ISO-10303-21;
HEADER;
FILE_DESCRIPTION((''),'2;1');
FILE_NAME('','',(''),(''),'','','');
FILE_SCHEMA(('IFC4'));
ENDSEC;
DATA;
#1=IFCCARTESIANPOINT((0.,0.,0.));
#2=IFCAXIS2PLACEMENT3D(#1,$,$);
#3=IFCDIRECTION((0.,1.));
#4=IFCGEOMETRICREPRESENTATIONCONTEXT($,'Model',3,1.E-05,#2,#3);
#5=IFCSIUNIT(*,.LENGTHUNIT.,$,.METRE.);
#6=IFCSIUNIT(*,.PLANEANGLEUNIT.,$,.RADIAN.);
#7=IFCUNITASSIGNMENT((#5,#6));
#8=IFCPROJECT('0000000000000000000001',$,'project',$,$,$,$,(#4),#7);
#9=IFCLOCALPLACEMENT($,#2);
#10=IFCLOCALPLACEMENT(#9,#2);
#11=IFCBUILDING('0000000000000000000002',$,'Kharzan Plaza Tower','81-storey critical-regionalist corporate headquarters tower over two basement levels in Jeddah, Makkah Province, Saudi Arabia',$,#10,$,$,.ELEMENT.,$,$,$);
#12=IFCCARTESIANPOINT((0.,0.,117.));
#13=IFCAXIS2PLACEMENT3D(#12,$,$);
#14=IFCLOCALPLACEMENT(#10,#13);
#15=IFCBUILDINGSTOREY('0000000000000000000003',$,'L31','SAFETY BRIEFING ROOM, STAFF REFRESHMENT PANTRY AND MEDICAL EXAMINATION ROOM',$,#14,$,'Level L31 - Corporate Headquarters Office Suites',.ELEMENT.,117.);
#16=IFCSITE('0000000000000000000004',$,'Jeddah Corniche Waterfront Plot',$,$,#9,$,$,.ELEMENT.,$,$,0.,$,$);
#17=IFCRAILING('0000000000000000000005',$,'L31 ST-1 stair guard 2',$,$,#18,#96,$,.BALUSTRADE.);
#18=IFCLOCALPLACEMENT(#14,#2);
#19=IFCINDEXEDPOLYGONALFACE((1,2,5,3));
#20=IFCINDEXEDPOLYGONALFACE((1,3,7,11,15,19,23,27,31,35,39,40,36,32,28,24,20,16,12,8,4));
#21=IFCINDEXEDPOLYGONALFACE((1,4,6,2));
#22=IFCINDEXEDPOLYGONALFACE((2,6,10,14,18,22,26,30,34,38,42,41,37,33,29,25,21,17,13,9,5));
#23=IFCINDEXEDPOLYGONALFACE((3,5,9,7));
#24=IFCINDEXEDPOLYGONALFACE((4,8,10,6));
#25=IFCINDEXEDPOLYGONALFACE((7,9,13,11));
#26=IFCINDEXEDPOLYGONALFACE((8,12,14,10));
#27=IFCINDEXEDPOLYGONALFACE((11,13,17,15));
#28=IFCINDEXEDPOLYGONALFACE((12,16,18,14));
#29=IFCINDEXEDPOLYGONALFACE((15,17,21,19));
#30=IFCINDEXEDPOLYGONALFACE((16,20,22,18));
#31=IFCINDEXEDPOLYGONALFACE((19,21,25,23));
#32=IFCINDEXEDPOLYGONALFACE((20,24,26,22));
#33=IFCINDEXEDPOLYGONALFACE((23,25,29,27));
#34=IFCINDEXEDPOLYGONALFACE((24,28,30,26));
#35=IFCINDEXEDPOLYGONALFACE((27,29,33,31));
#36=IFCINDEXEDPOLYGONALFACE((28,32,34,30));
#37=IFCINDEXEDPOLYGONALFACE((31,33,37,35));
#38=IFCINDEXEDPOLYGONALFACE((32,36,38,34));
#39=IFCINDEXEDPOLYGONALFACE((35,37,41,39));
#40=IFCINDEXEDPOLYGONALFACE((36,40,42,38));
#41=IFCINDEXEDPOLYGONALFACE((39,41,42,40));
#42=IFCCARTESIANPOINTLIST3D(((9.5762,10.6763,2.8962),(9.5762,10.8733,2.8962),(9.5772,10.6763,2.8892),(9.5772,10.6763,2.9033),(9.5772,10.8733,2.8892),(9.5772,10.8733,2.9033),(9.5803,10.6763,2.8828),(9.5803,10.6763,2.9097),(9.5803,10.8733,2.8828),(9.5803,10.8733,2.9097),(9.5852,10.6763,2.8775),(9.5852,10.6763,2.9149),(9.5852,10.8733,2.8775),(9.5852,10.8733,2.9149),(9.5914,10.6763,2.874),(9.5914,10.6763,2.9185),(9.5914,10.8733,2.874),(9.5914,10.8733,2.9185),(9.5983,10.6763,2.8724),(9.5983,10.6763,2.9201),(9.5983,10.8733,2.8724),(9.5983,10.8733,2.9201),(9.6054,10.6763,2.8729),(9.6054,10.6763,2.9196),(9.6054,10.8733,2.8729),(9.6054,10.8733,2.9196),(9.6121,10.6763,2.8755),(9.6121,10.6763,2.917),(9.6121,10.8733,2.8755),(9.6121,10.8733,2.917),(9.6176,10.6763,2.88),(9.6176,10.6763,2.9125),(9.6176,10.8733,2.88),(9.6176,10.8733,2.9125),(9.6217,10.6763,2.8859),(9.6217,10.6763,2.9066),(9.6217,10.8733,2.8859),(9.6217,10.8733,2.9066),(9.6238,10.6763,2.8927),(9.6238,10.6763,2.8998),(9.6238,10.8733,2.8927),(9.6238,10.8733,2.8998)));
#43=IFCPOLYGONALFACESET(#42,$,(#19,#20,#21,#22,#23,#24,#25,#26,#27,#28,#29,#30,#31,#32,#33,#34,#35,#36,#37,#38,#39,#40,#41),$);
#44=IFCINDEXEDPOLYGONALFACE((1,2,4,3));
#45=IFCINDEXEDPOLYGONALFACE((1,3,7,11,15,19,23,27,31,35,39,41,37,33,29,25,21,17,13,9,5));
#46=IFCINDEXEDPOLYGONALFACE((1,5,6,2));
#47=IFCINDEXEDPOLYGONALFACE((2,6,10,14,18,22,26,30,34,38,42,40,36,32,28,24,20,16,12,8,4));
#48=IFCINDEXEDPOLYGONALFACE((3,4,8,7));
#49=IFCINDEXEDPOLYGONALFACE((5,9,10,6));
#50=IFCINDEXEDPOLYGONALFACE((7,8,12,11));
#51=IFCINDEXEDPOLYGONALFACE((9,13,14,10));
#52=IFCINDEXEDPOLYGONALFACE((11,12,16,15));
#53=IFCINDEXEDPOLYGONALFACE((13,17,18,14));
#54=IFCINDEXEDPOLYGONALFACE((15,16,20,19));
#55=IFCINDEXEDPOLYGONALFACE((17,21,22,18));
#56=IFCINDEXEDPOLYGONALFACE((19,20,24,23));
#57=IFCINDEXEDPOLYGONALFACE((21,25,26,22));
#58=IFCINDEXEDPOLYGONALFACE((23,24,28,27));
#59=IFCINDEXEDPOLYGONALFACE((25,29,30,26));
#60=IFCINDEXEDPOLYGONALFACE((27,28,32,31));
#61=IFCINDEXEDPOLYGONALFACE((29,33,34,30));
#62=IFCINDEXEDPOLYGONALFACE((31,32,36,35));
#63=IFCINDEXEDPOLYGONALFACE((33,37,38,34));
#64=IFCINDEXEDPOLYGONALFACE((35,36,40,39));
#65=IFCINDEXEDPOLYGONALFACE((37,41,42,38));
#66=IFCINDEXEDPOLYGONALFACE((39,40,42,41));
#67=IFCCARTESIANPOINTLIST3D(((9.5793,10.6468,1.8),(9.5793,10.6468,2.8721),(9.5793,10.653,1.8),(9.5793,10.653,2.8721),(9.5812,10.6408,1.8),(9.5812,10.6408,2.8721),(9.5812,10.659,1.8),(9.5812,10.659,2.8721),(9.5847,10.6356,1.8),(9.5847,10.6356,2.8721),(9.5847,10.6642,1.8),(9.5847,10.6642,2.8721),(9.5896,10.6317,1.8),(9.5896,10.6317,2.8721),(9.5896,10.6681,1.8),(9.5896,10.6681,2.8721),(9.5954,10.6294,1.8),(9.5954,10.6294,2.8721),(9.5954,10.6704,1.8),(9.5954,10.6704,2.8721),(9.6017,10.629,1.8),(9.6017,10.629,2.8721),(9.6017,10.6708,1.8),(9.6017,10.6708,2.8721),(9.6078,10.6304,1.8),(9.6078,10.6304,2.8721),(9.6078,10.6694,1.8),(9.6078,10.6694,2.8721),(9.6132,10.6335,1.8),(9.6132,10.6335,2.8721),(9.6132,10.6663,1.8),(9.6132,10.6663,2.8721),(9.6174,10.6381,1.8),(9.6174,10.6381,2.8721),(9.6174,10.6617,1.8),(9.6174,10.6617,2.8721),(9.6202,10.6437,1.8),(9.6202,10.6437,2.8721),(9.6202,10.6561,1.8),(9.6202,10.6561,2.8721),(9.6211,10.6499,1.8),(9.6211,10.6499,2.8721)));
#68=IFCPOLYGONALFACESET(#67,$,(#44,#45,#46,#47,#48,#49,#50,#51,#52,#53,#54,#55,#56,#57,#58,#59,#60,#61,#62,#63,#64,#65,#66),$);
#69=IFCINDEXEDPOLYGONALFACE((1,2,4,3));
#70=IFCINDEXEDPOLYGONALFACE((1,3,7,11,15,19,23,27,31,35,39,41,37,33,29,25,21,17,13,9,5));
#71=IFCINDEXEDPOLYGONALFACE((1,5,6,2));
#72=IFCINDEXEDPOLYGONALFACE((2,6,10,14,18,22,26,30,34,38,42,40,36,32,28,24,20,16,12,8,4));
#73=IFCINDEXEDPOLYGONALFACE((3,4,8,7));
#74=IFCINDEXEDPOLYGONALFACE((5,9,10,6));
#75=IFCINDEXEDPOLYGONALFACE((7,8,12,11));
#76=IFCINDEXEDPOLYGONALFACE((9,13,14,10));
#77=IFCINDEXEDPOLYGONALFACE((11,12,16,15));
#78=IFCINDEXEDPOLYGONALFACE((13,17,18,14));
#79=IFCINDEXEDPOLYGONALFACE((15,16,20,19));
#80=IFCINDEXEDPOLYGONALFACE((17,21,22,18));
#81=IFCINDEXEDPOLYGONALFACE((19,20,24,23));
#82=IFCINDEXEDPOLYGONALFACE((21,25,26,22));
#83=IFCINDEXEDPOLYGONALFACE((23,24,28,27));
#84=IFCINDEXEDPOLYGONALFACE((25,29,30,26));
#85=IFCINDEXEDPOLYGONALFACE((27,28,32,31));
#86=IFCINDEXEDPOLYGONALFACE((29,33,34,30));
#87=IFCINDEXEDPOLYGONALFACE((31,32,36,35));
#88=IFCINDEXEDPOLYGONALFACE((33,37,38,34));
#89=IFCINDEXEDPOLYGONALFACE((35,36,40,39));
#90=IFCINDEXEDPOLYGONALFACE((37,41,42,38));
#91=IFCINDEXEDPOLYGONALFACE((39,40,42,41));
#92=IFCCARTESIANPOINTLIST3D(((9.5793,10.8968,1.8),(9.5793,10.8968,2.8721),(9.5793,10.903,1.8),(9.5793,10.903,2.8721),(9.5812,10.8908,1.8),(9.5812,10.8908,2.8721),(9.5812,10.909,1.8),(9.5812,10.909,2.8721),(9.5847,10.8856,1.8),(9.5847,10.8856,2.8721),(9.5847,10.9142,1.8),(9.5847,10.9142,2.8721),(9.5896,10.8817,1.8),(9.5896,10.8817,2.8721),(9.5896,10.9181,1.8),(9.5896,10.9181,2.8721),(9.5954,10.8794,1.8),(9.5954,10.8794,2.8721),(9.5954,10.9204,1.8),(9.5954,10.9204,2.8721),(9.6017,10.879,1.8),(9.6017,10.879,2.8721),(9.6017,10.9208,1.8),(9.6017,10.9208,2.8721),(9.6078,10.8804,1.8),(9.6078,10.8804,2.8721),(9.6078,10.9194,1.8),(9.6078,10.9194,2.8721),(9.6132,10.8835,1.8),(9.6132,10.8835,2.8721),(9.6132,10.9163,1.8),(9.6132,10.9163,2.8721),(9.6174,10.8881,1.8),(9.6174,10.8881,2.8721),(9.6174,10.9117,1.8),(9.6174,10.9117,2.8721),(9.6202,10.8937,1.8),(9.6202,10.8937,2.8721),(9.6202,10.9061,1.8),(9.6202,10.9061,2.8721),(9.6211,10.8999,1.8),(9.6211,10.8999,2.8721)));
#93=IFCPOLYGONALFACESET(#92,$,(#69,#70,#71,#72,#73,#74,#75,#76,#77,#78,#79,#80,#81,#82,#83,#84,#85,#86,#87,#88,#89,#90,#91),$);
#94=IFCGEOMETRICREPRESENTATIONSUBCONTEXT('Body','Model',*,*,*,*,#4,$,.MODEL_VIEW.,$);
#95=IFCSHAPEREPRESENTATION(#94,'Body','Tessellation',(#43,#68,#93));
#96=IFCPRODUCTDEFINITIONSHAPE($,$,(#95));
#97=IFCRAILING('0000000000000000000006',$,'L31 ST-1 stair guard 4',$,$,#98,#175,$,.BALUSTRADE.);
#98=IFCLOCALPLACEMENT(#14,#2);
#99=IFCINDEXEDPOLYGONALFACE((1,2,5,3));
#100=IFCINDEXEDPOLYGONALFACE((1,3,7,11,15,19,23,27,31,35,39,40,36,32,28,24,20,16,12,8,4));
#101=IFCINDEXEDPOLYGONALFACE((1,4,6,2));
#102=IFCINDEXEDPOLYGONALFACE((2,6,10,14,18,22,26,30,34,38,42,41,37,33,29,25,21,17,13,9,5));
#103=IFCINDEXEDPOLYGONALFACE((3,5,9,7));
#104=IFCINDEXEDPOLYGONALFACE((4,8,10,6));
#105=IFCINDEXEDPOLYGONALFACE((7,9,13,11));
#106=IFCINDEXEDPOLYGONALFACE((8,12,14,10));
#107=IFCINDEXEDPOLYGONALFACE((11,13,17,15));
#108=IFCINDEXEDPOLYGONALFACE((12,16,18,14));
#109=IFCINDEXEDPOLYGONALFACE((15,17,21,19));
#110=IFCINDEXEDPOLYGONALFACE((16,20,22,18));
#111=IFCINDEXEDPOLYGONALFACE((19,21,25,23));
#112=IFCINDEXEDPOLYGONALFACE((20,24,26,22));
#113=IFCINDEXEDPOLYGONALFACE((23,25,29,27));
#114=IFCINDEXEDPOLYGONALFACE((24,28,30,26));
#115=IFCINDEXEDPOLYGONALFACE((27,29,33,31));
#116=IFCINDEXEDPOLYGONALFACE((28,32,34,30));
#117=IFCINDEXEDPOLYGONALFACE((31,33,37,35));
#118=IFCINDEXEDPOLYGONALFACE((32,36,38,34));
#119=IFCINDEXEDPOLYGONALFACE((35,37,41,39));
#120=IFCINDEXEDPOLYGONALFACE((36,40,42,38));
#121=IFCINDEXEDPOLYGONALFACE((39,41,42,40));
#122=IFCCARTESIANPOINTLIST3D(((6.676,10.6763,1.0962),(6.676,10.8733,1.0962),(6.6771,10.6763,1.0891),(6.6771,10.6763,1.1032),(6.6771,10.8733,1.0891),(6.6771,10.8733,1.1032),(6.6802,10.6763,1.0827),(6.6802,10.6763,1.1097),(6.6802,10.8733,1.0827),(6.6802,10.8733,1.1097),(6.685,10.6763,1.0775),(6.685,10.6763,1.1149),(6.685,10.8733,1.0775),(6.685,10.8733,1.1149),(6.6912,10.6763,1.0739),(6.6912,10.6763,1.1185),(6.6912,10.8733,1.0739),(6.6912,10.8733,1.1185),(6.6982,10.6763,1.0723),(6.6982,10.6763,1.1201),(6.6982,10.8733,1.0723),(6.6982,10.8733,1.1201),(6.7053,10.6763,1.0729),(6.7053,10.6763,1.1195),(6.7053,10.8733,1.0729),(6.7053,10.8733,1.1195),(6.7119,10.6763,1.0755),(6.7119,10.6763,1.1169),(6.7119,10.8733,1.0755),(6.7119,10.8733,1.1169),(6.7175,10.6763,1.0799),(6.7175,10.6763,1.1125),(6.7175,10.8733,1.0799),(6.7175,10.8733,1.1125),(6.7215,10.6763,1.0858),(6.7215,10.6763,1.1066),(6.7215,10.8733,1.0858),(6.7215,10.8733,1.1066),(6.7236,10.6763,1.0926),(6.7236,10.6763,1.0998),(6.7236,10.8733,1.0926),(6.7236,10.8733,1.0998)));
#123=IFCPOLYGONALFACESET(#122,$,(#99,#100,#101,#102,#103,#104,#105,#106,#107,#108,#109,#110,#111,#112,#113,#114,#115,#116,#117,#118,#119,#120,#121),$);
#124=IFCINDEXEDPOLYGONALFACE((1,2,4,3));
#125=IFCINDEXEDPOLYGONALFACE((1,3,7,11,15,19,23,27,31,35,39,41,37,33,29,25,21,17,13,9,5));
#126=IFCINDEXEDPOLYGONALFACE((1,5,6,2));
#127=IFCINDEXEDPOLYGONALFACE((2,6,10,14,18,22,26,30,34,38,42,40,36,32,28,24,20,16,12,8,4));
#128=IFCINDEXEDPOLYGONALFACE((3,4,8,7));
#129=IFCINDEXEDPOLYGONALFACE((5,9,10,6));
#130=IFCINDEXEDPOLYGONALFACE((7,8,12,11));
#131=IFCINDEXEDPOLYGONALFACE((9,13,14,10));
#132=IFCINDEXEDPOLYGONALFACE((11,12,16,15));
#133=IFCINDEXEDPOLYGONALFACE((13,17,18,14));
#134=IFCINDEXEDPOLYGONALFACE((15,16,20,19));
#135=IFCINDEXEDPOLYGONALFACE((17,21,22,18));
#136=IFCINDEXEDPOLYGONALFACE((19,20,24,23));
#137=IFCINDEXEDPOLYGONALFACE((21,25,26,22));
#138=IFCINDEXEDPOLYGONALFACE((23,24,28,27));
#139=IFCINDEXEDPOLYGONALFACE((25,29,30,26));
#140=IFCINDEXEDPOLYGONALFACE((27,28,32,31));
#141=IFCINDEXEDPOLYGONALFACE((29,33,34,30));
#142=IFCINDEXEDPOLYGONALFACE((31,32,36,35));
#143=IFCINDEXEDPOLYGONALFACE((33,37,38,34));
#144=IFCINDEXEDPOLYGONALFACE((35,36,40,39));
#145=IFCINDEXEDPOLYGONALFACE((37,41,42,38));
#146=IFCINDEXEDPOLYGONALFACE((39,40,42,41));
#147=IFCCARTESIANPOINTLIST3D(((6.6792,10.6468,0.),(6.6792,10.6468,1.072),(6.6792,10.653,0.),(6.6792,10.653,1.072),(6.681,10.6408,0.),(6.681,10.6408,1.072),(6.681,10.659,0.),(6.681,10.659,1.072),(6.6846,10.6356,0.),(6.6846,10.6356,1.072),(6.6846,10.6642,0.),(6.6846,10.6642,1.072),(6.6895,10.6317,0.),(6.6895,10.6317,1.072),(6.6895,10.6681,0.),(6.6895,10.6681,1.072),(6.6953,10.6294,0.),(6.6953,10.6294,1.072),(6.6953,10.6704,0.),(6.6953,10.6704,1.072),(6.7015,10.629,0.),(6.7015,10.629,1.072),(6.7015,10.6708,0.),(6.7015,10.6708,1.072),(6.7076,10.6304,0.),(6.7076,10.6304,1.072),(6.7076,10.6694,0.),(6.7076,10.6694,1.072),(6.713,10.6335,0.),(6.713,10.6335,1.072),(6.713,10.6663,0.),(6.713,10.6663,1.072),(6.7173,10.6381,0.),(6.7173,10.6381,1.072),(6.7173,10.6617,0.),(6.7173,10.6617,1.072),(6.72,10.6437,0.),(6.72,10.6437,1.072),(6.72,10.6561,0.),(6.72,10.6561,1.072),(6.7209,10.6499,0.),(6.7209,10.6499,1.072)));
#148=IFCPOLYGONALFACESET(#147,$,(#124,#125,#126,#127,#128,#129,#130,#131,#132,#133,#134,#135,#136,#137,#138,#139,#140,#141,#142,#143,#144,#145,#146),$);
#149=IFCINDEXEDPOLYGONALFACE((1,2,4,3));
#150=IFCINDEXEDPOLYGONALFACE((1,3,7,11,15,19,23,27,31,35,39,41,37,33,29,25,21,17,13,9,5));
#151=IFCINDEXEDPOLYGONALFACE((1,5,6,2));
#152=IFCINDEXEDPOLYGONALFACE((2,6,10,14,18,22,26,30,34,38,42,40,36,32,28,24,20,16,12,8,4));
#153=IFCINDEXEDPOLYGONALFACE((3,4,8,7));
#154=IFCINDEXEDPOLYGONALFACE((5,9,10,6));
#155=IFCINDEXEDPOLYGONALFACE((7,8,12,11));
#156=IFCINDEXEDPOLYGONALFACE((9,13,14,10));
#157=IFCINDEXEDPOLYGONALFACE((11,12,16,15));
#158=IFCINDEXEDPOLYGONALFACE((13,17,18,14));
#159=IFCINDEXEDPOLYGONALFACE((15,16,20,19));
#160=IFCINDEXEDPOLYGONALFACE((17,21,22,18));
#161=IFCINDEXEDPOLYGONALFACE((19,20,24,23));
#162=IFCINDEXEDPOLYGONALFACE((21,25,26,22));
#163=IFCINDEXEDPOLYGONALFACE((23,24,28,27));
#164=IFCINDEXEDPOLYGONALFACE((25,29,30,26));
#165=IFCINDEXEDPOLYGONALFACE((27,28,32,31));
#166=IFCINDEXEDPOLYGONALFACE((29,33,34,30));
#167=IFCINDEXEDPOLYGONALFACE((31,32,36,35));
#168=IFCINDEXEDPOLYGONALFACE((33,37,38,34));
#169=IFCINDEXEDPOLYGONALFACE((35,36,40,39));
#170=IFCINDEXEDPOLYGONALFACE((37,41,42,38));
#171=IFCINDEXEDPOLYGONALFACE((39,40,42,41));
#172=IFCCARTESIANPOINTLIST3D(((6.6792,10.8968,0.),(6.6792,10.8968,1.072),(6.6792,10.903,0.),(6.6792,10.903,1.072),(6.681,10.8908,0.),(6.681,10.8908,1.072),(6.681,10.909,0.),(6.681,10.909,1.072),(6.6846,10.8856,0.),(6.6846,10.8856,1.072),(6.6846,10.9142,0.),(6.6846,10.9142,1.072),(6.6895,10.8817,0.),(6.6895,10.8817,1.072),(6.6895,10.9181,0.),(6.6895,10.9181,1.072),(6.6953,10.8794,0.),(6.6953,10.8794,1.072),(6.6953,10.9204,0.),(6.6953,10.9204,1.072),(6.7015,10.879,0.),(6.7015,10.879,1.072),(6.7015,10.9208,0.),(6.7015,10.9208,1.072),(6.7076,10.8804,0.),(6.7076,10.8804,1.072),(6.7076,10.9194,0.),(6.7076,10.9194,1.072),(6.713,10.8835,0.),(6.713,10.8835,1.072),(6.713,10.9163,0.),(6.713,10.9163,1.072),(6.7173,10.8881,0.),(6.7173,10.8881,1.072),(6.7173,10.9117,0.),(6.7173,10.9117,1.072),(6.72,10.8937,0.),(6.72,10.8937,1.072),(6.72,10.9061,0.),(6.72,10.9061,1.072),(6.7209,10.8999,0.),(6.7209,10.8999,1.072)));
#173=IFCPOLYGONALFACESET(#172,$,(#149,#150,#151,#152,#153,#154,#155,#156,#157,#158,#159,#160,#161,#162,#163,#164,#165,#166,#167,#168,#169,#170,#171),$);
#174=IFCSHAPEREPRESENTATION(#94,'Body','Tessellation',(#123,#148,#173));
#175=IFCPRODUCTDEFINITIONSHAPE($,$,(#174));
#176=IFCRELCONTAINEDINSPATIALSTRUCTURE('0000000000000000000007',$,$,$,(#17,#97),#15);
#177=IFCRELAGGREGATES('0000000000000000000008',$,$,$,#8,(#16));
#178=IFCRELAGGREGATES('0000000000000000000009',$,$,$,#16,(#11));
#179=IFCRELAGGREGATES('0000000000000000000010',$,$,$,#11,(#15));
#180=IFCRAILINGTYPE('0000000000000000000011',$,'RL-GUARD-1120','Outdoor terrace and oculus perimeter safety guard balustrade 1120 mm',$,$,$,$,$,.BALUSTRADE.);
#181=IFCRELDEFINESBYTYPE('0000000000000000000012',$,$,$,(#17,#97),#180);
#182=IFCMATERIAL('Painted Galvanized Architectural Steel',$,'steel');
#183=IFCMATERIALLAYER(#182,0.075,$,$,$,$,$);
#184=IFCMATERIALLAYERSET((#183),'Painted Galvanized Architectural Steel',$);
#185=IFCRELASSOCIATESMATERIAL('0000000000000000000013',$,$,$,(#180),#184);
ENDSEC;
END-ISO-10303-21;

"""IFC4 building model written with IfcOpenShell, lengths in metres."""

from ifc_helpers import new_model, si_unit, direction, frame, origin, origin_2d, place, context, subcontext, project, spatial, circle, extrude, source, transform, mapped, material, layer, layer_set, type_object, element, save


model = new_model("IFC4")

# Units and contexts
model_context = context("Model", 3, precision=1e-05, world=origin(), true_north=direction((0.0, 1.0)))
body_context = subcontext(model_context, "Body", "Model", "MODEL_VIEW")
ifc_project = project(units=[si_unit("LENGTHUNIT", "METRE"), si_unit("PLANEANGLEUNIT", "RADIAN")], contexts=[model_context])

# Site, building, storey
site_placement = place(None, origin())
site = spatial("IfcSite", under=ifc_project, at=site_placement, Name="Jeddah Corniche Waterfront Plot", CompositionType="ELEMENT", RefElevation=0.0)
building_placement = place(site_placement, origin())
building = spatial("IfcBuilding", under=site, at=building_placement, Name="Kharzan Plaza Tower", Description="81-storey critical-regionalist corporate headquarters tower over two basement levels in Jeddah, Makkah Province, Saudi Arabia", CompositionType="ELEMENT")
storey_placement = place(building_placement, frame((0.0, 0.0, 117.0)))
storey = spatial("IfcBuildingStorey", under=building, at=storey_placement, Name="L31", Description="SAFETY BRIEFING ROOM, STAFF REFRESHMENT PANTRY AND MEDICAL EXAMINATION ROOM", LongName="Level L31 - Corporate Headquarters Office Suites", CompositionType="ELEMENT", Elevation=117.0)

# Railings
ifc_material_1 = material(Name="Painted Galvanized Architectural Steel", Category="steel")
ifc_layer_1 = layer(ifc_material_1, 0.075)
ifc_layer_set_1 = layer_set([ifc_layer_1], Name="Painted Galvanized Architectural Steel")
railing_type_1 = type_object("IfcRailingType", Name="RL-GUARD-1120", Description="Outdoor terrace and oculus perimeter safety guard balustrade 1120 mm", PredefinedType="BALUSTRADE", material=ifc_layer_set_1)
shared_shape_1 = source(origin(), body_context, "Body", "SweptSolid", [
    extrude(circle(Radius=0.0239, at=origin_2d()), frame((0.0, 0.0264, 1.0962), z_axis=(0.0, 1.0, 0.0), x_axis=(-1.0, 0.0, 0.0)), (0.0, 0.0, 1.0), 0.197),
    extrude(circle(Radius=0.021, at=origin_2d()), origin(), (0.0, 0.0, 1.0), 1.072),
    extrude(circle(Radius=0.021, at=origin_2d()), frame((0.0, 0.25, 0.0)), (0.0, 0.0, 1.0), 1.072),
])
for number, where, name in (
    (1, (9.6001, 10.6499, 1.8), "L31 ST-1 stair guard 2"),
    (2, (6.7, 10.6499, 0.0), "L31 ST-1 stair guard 4"),
):
    element("IfcRailing", number, at=place(storey_placement, frame(where)), inside=storey, type_object=railing_type_1, Name=name, PredefinedType="BALUSTRADE", context=body_context, shape_type="MappedRepresentation", body=[
        mapped(shared_shape_1, transform((0.0, 0.0, 0.0), x_axis=(1.0, 0.0, 0.0), y_axis=(0.0, 1.0, 0.0), z_axis=(0.0, 0.0, 1.0))),
    ])

save(model, "model.ifc")
